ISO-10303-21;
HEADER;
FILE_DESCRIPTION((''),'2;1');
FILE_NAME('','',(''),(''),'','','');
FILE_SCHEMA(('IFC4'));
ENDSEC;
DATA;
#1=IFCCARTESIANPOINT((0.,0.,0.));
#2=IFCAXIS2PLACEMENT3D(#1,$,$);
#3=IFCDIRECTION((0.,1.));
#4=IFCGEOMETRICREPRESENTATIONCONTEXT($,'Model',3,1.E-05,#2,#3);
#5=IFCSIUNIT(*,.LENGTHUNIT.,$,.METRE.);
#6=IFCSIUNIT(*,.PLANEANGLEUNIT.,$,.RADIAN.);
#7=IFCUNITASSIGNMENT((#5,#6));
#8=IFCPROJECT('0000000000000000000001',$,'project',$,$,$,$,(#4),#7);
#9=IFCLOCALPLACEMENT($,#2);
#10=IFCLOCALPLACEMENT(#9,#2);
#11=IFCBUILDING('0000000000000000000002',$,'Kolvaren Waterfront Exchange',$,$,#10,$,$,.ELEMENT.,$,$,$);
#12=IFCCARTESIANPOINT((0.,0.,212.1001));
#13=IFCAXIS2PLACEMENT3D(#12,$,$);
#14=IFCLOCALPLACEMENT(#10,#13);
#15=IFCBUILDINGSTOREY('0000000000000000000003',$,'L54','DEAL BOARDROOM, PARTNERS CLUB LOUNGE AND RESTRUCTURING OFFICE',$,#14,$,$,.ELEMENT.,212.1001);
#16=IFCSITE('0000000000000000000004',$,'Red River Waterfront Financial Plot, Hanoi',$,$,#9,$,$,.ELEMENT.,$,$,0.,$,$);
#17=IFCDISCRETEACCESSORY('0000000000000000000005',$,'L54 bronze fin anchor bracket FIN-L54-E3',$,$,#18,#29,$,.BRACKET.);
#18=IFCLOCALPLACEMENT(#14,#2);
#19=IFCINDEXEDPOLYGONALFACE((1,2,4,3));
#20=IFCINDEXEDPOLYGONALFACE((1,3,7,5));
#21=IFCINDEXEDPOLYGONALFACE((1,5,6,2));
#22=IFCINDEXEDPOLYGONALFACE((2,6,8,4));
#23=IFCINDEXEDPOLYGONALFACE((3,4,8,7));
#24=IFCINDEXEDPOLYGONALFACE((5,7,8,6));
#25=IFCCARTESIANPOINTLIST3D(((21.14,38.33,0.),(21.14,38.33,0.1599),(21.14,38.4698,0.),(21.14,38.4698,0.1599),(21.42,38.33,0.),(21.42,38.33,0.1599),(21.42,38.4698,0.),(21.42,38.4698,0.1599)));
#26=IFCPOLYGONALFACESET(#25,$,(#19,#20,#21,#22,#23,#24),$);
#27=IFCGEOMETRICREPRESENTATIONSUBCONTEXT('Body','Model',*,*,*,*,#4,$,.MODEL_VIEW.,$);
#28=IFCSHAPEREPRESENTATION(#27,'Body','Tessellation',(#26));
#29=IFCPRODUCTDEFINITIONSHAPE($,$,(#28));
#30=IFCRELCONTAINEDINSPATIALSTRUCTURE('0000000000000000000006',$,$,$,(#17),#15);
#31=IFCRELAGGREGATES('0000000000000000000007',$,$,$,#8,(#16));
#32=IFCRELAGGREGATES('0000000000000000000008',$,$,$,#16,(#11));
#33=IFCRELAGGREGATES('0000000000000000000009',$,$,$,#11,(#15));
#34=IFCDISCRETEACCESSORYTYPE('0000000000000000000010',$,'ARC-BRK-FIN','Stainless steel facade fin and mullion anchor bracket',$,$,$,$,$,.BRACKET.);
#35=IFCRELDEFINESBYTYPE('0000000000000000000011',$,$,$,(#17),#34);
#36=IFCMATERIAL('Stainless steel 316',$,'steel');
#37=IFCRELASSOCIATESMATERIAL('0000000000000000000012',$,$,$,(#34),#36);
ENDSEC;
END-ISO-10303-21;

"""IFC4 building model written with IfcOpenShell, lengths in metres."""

from ifc_helpers import new_model, si_unit, direction, frame, origin, origin_with_axes, origin_2d, place, context, subcontext, project, spatial, rectangle, extrude, source, transform, mapped, material, type_object, element, save


model = new_model("IFC4")

# Units and contexts
model_context = context("Model", 3, precision=1e-05, world=origin(), true_north=direction((0.0, 1.0)))
body_context = subcontext(model_context, "Body", "Model", "MODEL_VIEW")
ifc_project = project(units=[si_unit("LENGTHUNIT", "METRE"), si_unit("PLANEANGLEUNIT", "RADIAN")], contexts=[model_context])

# Site, building, storey
site_placement = place(None, origin())
site = spatial("IfcSite", under=ifc_project, at=site_placement, Name="Red River Waterfront Financial Plot, Hanoi", CompositionType="ELEMENT", RefElevation=0.0)
building_placement = place(site_placement, origin())
building = spatial("IfcBuilding", under=site, at=building_placement, Name="Kolvaren Waterfront Exchange", CompositionType="ELEMENT")
storey_placement = place(building_placement, frame((0.0, 0.0, 212.1001)))
storey = spatial("IfcBuildingStorey", under=building, at=storey_placement, Name="L54", Description="DEAL BOARDROOM, PARTNERS CLUB LOUNGE AND RESTRUCTURING OFFICE", CompositionType="ELEMENT", Elevation=212.1001)

# Shared definitions
ifc_material_1 = material(Name="Stainless steel 316", Category="steel")

# Discrete accessory
discrete_accessory_type = type_object("IfcDiscreteAccessoryType", Name="ARC-BRK-FIN", Description="Stainless steel facade fin and mullion anchor bracket", PredefinedType="BRACKET", material=ifc_material_1)
shared_shape_1 = source(origin_with_axes(), body_context, "Body", "SweptSolid", [
    extrude(rectangle(XDim=0.28, YDim=0.1399, at=origin_2d()), origin(), (0.0, 0.0, 1.0), 0.1599),
])
for number, where, z_axis, x_axis, name in (
    (1, (21.28, 38.3999, 0.0), (0.0, 0.0, 1.0), (1.0, 0.0, 0.0), "L54 bronze fin anchor bracket FIN-L54-E3"),
):
    element("IfcDiscreteAccessory", number, at=place(storey_placement, frame(where, z_axis=z_axis, x_axis=x_axis)), inside=storey, type_object=discrete_accessory_type, Name=name, PredefinedType="BRACKET", context=body_context, shape_type="MappedRepresentation", body=[
        mapped(shared_shape_1, transform((0.0, 0.0, 0.0), x_axis=(1.0, 0.0, 0.0), y_axis=(0.0, 1.0, 0.0), z_axis=(0.0, 0.0, 1.0), scale=1.0)),
    ])

save(model, "model.ifc")
